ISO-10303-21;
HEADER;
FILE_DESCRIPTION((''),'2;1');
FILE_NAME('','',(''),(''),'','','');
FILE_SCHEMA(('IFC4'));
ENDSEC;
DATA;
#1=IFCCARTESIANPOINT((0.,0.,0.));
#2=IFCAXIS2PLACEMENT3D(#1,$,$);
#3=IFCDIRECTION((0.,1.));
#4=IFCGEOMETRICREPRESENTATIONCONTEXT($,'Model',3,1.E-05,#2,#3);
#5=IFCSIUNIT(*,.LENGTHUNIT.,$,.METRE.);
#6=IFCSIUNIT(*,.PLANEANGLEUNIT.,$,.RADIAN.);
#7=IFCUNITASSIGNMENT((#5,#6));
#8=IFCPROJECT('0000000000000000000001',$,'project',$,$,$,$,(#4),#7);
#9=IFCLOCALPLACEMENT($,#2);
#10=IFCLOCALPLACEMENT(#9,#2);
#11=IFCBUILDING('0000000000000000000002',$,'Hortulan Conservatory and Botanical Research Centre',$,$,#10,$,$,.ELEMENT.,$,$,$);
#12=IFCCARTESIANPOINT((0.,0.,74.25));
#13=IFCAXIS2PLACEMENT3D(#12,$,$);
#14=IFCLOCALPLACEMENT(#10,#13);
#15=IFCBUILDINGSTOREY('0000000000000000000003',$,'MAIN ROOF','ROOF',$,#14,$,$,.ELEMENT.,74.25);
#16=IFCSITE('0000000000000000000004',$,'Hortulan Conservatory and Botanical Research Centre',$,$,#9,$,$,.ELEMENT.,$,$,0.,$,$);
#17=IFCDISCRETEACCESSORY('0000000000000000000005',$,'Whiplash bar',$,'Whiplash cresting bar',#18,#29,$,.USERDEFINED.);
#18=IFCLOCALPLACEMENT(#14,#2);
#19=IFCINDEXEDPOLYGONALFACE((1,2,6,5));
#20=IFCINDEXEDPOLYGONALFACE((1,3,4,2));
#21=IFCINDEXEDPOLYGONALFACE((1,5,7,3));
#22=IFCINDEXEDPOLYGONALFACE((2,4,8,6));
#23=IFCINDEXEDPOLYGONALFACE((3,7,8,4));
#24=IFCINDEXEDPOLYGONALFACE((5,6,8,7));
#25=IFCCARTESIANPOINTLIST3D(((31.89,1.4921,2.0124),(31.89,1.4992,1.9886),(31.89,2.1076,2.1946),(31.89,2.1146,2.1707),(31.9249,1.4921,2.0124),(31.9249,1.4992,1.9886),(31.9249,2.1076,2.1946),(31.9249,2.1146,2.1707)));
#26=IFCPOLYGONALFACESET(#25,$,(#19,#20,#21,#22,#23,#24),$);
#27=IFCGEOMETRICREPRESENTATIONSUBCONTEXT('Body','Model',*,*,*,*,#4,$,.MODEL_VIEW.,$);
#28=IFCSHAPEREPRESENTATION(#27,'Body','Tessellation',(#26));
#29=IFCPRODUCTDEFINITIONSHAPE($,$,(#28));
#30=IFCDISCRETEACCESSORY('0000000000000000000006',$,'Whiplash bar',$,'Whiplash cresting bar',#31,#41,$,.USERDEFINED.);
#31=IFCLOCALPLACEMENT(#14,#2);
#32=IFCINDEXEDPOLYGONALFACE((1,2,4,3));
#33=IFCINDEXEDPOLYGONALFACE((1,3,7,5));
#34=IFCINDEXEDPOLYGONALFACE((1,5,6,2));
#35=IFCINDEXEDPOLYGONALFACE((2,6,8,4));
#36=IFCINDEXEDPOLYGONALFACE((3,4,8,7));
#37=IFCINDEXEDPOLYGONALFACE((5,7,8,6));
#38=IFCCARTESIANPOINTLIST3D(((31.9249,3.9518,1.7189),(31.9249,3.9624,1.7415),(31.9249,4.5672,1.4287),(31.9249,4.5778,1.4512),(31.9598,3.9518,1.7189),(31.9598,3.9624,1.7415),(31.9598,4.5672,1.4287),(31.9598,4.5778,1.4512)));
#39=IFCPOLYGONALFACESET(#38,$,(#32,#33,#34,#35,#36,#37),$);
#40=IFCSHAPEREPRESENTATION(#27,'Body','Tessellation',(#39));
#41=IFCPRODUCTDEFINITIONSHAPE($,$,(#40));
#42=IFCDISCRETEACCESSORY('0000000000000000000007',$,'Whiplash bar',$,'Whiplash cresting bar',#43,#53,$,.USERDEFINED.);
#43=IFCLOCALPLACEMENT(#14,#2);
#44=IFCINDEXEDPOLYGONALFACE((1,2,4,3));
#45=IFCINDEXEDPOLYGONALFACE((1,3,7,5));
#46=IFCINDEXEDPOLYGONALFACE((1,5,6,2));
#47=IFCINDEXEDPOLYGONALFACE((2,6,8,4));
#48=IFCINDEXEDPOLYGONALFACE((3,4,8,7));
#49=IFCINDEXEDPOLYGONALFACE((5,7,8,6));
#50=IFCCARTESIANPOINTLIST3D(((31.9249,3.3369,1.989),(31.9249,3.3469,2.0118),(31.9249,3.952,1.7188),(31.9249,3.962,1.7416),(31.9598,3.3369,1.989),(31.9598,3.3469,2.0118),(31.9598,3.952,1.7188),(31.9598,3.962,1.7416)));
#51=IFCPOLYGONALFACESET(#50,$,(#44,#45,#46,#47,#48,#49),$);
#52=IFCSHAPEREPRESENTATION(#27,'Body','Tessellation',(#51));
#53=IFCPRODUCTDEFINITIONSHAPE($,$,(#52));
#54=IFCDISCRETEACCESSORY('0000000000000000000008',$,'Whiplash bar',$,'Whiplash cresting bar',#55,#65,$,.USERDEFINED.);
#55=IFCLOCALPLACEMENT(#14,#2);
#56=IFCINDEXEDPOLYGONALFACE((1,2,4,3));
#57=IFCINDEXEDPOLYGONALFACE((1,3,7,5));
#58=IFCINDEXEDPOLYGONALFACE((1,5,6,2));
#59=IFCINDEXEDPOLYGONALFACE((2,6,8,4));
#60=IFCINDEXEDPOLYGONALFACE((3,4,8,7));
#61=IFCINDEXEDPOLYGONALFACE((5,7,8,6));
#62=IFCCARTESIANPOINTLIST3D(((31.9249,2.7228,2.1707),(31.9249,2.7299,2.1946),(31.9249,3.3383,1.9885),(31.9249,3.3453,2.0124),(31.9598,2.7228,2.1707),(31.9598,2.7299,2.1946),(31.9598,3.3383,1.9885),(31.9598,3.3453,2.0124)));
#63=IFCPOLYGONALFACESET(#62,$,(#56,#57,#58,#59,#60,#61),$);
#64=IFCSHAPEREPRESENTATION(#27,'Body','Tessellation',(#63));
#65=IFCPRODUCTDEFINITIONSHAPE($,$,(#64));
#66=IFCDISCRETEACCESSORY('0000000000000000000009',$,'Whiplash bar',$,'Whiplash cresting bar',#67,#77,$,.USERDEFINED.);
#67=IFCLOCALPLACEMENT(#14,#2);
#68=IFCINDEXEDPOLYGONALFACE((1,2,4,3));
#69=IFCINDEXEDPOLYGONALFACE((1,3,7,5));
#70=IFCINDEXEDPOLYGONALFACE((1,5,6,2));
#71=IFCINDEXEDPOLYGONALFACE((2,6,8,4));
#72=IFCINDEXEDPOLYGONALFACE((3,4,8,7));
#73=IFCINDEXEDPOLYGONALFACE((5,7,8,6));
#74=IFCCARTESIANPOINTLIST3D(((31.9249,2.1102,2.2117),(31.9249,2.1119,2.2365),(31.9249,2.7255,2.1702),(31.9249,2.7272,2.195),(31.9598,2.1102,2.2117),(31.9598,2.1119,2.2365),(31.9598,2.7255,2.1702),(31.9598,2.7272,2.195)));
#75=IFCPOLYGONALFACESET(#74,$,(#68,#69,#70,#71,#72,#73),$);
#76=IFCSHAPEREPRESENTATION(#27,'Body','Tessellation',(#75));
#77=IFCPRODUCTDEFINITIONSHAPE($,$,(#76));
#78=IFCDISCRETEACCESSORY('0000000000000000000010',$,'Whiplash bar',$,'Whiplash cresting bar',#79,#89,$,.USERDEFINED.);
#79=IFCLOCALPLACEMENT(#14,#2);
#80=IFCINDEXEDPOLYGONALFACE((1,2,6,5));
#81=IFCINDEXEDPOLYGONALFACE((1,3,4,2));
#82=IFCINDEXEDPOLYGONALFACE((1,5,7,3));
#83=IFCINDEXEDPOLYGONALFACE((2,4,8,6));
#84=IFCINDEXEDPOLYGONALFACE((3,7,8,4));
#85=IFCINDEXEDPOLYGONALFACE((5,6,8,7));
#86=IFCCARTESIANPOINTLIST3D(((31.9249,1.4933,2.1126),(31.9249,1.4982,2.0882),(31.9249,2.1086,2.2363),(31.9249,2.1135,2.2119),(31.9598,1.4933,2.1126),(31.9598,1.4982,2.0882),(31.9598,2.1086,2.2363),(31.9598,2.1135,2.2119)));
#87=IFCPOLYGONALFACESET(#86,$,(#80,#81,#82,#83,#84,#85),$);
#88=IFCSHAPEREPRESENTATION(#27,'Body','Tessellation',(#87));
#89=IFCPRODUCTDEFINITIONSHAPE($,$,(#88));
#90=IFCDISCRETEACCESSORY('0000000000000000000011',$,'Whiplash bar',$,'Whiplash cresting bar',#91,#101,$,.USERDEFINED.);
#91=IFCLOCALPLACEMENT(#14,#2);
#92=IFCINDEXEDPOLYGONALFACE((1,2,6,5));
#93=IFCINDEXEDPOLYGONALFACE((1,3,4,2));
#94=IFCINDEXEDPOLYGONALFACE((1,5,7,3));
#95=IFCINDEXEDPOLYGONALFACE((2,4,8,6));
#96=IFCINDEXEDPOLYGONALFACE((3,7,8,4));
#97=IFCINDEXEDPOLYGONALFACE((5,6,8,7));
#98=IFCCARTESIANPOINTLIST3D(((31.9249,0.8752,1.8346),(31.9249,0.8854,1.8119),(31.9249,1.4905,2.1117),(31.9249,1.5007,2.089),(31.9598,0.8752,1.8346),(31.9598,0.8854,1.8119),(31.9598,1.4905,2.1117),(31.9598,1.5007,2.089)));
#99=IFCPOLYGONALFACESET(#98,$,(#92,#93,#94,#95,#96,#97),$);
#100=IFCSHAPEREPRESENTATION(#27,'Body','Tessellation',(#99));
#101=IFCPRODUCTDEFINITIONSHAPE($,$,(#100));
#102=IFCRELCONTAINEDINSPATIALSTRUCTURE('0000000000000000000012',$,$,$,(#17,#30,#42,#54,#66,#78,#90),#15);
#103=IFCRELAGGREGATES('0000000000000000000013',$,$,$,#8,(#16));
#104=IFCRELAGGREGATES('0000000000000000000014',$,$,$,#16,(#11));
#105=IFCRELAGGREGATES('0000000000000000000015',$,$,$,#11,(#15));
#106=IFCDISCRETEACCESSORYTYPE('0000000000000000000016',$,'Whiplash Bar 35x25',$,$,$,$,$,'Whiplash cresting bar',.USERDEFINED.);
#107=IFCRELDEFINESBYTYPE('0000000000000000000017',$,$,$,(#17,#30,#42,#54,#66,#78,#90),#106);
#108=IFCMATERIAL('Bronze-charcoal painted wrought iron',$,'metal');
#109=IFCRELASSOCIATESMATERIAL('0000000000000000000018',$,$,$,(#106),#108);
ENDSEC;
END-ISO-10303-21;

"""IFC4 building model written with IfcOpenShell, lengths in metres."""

from ifc_helpers import new_model, si_unit, direction, frame, origin, origin_2d, place, context, subcontext, project, spatial, rectangle, extrude, material, material_profile, profile_set, type_object, element, save


model = new_model("IFC4")

# Units and contexts
model_context = context("Model", 3, precision=1e-05, world=origin(), true_north=direction((0.0, 1.0)))
body_context = subcontext(model_context, "Body", "Model", "MODEL_VIEW")
ifc_project = project(units=[si_unit("LENGTHUNIT", "METRE"), si_unit("PLANEANGLEUNIT", "RADIAN")], contexts=[model_context])

# Site, building, storey
site_placement = place(None, origin())
site = spatial("IfcSite", under=ifc_project, at=site_placement, Name="Hortulan Conservatory and Botanical Research Centre", CompositionType="ELEMENT", RefElevation=0.0)
building_placement = place(site_placement, origin())
building = spatial("IfcBuilding", under=site, at=building_placement, Name="Hortulan Conservatory and Botanical Research Centre", CompositionType="ELEMENT")
storey_placement = place(building_placement, frame((0.0, 0.0, 74.25)))
storey = spatial("IfcBuildingStorey", under=building, at=storey_placement, Name="MAIN ROOF", Description="ROOF", CompositionType="ELEMENT", Elevation=74.25)

# Discrete accessories
ifc_material = material(Name="Bronze-charcoal painted wrought iron", Category="metal")
ifc_material_profile_1 = material_profile(ifc_material, rectangle(XDim=0.0349, YDim=0.0249, at=origin_2d()), Name="Flat bar 35x25")
ifc_profile_set_1 = profile_set([ifc_material_profile_1], Name="Bronze-charcoal painted wrought iron")
discrete_accessory_type_1 = type_object("IfcDiscreteAccessoryType", Name="Whiplash Bar 35x25", ElementType="Whiplash cresting bar", PredefinedType="USERDEFINED", material=ifc_profile_set_1)
discrete_accessory_1_placement = place(storey_placement, frame((31.9075, 2.1111, 2.1826), z_axis=(0.0, -0.958898, -0.283752), x_axis=(1.0, 0.0, 0.0)))
element("IfcDiscreteAccessory", 1, at=discrete_accessory_1_placement, inside=storey, type_object=discrete_accessory_type_1, Name="Whiplash bar", ObjectType="Whiplash cresting bar", PredefinedType="USERDEFINED", context=body_context, shape_type="SweptSolid", body=[
    extrude(rectangle(XDim=0.0349, YDim=0.0249, at=origin_2d()), origin(), (0.0, 0.0, 1.0), 0.6418),
])
discrete_accessory_2_placement = place(storey_placement, frame((31.9424, 4.5725, 1.4399), z_axis=(0.0, -0.904452, 0.426574), x_axis=(1.0, 0.0, 0.0)))
element("IfcDiscreteAccessory", 2, at=discrete_accessory_2_placement, inside=storey, type_object=discrete_accessory_type_1, Name="Whiplash bar", ObjectType="Whiplash cresting bar", PredefinedType="USERDEFINED", context=body_context, shape_type="SweptSolid", body=[
    extrude(rectangle(XDim=0.0349, YDim=0.0249, at=origin_2d()), origin(), (0.0, 0.0, 1.0), 0.6804),
])
discrete_accessory_3_placement = place(storey_placement, frame((31.9424, 3.957, 1.7302), z_axis=(0.0, -0.915556, 0.402191), x_axis=(1.0, 0.0, 0.0)))
element("IfcDiscreteAccessory", 3, at=discrete_accessory_3_placement, inside=storey, type_object=discrete_accessory_type_1, Name="Whiplash bar", ObjectType="Whiplash cresting bar", PredefinedType="USERDEFINED", context=body_context, shape_type="SweptSolid", body=[
    extrude(rectangle(XDim=0.0349, YDim=0.0249, at=origin_2d()), origin(), (0.0, 0.0, 1.0), 0.6719),
])
discrete_accessory_4_placement = place(storey_placement, frame((31.9424, 3.3418, 2.0005), z_axis=(0.0, -0.958898, 0.283752), x_axis=(1.0, 0.0, 0.0)))
element("IfcDiscreteAccessory", 4, at=discrete_accessory_4_placement, inside=storey, type_object=discrete_accessory_type_1, Name="Whiplash bar", ObjectType="Whiplash cresting bar", PredefinedType="USERDEFINED", context=body_context, shape_type="SweptSolid", body=[
    extrude(rectangle(XDim=0.0349, YDim=0.0249, at=origin_2d()), origin(), (0.0, 0.0, 1.0), 0.6418),
])
discrete_accessory_5_placement = place(storey_placement, frame((31.9424, 2.7263, 2.1826), z_axis=(0.0, -0.997732, 0.067307), x_axis=(1.0, 0.0, 0.0)))
element("IfcDiscreteAccessory", 5, at=discrete_accessory_5_placement, inside=storey, type_object=discrete_accessory_type_1, Name="Whiplash bar", ObjectType="Whiplash cresting bar", PredefinedType="USERDEFINED", context=body_context, shape_type="SweptSolid", body=[
    extrude(rectangle(XDim=0.0349, YDim=0.0249, at=origin_2d()), origin(), (0.0, 0.0, 1.0), 0.6167),
])
discrete_accessory_6_placement = place(storey_placement, frame((31.9424, 2.1111, 2.2241), z_axis=(0.0, -0.980371, -0.197163), x_axis=(1.0, 0.0, 0.0)))
element("IfcDiscreteAccessory", 6, at=discrete_accessory_6_placement, inside=storey, type_object=discrete_accessory_type_1, Name="Whiplash bar", ObjectType="Whiplash cresting bar", PredefinedType="USERDEFINED", context=body_context, shape_type="SweptSolid", body=[
    extrude(rectangle(XDim=0.0349, YDim=0.0249, at=origin_2d()), origin(), (0.0, 0.0, 1.0), 0.6277),
])
discrete_accessory_7_placement = place(storey_placement, frame((31.9424, 1.4956, 2.1003), z_axis=(0.0, -0.911786, -0.410666), x_axis=(1.0, 0.0, 0.0)))
element("IfcDiscreteAccessory", 7, at=discrete_accessory_7_placement, inside=storey, type_object=discrete_accessory_type_1, Name="Whiplash bar", ObjectType="Whiplash cresting bar", PredefinedType="USERDEFINED", context=body_context, shape_type="SweptSolid", body=[
    extrude(rectangle(XDim=0.0349, YDim=0.0249, at=origin_2d()), origin(), (0.0, 0.0, 1.0), 0.6748),
])

save(model, "model.ifc")
